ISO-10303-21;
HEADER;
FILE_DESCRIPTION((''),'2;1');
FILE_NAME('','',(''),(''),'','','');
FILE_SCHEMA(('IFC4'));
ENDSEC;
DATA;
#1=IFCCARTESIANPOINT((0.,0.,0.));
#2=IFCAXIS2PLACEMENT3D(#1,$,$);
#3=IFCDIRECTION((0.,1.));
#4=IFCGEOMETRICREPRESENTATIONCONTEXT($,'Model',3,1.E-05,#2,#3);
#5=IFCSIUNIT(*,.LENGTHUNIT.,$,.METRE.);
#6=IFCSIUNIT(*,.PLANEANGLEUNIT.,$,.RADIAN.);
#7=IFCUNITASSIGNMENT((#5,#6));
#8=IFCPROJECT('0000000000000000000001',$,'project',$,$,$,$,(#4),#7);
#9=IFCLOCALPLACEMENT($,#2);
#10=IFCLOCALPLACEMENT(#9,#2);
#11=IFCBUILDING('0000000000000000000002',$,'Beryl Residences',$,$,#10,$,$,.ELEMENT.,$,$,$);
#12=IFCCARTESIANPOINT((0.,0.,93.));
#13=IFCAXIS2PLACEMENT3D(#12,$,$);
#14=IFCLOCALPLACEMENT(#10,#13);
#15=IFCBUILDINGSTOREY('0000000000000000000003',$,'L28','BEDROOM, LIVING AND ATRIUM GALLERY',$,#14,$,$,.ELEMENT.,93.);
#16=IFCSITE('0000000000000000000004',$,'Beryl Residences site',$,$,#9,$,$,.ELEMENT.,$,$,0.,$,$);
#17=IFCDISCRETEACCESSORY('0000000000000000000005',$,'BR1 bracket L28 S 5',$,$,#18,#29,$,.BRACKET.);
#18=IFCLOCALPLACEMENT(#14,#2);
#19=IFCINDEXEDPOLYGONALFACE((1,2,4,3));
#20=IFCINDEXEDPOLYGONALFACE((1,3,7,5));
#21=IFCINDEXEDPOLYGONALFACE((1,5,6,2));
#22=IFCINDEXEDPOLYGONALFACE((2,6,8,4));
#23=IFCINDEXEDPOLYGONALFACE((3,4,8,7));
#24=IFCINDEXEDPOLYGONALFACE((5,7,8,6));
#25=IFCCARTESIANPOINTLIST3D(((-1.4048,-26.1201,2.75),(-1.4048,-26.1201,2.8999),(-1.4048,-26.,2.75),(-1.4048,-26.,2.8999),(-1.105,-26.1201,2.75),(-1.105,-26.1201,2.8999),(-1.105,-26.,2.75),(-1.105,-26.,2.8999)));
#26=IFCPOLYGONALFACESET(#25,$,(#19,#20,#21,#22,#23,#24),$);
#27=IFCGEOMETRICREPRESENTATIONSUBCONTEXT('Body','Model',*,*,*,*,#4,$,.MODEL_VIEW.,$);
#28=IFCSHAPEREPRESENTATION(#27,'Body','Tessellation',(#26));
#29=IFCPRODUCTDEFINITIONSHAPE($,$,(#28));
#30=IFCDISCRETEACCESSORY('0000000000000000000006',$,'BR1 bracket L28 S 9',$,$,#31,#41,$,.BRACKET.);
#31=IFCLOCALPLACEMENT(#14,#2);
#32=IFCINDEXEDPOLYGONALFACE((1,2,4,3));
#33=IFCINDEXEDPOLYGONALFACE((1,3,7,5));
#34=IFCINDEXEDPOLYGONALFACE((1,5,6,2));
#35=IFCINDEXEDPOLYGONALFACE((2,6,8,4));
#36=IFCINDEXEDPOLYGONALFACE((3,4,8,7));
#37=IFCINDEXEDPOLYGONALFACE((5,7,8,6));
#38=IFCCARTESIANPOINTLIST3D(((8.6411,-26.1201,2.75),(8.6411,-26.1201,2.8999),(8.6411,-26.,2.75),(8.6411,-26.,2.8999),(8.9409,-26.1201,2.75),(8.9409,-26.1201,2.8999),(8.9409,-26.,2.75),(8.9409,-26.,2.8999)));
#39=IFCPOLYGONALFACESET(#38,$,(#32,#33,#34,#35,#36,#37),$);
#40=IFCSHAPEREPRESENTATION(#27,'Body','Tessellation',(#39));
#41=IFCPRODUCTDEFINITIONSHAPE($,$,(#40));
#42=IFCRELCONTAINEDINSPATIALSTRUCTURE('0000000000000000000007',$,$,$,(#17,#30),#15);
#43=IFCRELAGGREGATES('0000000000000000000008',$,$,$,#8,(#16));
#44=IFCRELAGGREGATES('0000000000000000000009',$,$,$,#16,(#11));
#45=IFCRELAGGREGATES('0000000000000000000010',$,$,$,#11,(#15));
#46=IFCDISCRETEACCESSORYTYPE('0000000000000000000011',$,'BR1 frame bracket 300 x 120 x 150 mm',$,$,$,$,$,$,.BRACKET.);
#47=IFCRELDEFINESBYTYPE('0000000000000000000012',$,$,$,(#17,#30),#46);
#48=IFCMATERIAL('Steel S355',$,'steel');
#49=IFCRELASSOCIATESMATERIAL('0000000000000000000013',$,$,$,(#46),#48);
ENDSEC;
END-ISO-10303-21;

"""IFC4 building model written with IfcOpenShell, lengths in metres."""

from ifc_helpers import new_model, si_unit, direction, frame, origin, place, context, subcontext, project, spatial, polyline, outline, extrude, source, transform, mapped, material, type_object, type_shapes, element, save


model = new_model("IFC4")

# Units and contexts
model_context = context("Model", 3, precision=1e-05, world=origin(), true_north=direction((0.0, 1.0)))
body_context = subcontext(model_context, "Body", "Model", "MODEL_VIEW")
ifc_project = project(units=[si_unit("LENGTHUNIT", "METRE"), si_unit("PLANEANGLEUNIT", "RADIAN")], contexts=[model_context])

# Site, building, storey
site_placement = place(None, origin())
site = spatial("IfcSite", under=ifc_project, at=site_placement, Name="Beryl Residences site", CompositionType="ELEMENT", RefElevation=0.0)
building_placement = place(site_placement, origin())
building = spatial("IfcBuilding", under=site, at=building_placement, Name="Beryl Residences", CompositionType="ELEMENT")
storey_placement = place(building_placement, frame((0.0, 0.0, 93.0)))
storey = spatial("IfcBuildingStorey", under=building, at=storey_placement, Name="L28", Description="BEDROOM, LIVING AND ATRIUM GALLERY", CompositionType="ELEMENT", Elevation=93.0)

# Discrete accessories
ifc_material_1 = material(Name="Steel S355", Category="steel")
discrete_accessory_type = type_object("IfcDiscreteAccessoryType", Name="BR1 frame bracket 300 x 120 x 150 mm", PredefinedType="BRACKET", material=ifc_material_1)
shared_shape_1 = source(origin(), body_context, "Body", "SweptSolid", [
    extrude(outline(polyline([(-0.1499, 0.0), (0.1499, 0.0), (0.1499, 0.1201), (-0.1499, 0.1201), (-0.1499, 0.0)])), origin(), (0.0, 0.0, 1.0), 0.1499),
])
type_shapes(discrete_accessory_type, [shared_shape_1])
for number, where, z_axis, x_axis, name in (
    (1, (-1.2549, -26.0, 2.75), (0.0, 0.0, 1.0), (-1.0, 0.0, 0.0), "BR1 bracket L28 S 5"),
    (2, (8.791, -26.0, 2.75), (0.0, 0.0, 1.0), (-1.0, 0.0, 0.0), "BR1 bracket L28 S 9"),
):
    element("IfcDiscreteAccessory", number, at=place(storey_placement, frame(where, z_axis=z_axis, x_axis=x_axis)), inside=storey, type_object=discrete_accessory_type, Name=name, PredefinedType="BRACKET", context=body_context, shape_type="MappedRepresentation", body=[
        mapped(shared_shape_1, transform((0.0, 0.0, 0.0))),
    ])

save(model, "model.ifc")
